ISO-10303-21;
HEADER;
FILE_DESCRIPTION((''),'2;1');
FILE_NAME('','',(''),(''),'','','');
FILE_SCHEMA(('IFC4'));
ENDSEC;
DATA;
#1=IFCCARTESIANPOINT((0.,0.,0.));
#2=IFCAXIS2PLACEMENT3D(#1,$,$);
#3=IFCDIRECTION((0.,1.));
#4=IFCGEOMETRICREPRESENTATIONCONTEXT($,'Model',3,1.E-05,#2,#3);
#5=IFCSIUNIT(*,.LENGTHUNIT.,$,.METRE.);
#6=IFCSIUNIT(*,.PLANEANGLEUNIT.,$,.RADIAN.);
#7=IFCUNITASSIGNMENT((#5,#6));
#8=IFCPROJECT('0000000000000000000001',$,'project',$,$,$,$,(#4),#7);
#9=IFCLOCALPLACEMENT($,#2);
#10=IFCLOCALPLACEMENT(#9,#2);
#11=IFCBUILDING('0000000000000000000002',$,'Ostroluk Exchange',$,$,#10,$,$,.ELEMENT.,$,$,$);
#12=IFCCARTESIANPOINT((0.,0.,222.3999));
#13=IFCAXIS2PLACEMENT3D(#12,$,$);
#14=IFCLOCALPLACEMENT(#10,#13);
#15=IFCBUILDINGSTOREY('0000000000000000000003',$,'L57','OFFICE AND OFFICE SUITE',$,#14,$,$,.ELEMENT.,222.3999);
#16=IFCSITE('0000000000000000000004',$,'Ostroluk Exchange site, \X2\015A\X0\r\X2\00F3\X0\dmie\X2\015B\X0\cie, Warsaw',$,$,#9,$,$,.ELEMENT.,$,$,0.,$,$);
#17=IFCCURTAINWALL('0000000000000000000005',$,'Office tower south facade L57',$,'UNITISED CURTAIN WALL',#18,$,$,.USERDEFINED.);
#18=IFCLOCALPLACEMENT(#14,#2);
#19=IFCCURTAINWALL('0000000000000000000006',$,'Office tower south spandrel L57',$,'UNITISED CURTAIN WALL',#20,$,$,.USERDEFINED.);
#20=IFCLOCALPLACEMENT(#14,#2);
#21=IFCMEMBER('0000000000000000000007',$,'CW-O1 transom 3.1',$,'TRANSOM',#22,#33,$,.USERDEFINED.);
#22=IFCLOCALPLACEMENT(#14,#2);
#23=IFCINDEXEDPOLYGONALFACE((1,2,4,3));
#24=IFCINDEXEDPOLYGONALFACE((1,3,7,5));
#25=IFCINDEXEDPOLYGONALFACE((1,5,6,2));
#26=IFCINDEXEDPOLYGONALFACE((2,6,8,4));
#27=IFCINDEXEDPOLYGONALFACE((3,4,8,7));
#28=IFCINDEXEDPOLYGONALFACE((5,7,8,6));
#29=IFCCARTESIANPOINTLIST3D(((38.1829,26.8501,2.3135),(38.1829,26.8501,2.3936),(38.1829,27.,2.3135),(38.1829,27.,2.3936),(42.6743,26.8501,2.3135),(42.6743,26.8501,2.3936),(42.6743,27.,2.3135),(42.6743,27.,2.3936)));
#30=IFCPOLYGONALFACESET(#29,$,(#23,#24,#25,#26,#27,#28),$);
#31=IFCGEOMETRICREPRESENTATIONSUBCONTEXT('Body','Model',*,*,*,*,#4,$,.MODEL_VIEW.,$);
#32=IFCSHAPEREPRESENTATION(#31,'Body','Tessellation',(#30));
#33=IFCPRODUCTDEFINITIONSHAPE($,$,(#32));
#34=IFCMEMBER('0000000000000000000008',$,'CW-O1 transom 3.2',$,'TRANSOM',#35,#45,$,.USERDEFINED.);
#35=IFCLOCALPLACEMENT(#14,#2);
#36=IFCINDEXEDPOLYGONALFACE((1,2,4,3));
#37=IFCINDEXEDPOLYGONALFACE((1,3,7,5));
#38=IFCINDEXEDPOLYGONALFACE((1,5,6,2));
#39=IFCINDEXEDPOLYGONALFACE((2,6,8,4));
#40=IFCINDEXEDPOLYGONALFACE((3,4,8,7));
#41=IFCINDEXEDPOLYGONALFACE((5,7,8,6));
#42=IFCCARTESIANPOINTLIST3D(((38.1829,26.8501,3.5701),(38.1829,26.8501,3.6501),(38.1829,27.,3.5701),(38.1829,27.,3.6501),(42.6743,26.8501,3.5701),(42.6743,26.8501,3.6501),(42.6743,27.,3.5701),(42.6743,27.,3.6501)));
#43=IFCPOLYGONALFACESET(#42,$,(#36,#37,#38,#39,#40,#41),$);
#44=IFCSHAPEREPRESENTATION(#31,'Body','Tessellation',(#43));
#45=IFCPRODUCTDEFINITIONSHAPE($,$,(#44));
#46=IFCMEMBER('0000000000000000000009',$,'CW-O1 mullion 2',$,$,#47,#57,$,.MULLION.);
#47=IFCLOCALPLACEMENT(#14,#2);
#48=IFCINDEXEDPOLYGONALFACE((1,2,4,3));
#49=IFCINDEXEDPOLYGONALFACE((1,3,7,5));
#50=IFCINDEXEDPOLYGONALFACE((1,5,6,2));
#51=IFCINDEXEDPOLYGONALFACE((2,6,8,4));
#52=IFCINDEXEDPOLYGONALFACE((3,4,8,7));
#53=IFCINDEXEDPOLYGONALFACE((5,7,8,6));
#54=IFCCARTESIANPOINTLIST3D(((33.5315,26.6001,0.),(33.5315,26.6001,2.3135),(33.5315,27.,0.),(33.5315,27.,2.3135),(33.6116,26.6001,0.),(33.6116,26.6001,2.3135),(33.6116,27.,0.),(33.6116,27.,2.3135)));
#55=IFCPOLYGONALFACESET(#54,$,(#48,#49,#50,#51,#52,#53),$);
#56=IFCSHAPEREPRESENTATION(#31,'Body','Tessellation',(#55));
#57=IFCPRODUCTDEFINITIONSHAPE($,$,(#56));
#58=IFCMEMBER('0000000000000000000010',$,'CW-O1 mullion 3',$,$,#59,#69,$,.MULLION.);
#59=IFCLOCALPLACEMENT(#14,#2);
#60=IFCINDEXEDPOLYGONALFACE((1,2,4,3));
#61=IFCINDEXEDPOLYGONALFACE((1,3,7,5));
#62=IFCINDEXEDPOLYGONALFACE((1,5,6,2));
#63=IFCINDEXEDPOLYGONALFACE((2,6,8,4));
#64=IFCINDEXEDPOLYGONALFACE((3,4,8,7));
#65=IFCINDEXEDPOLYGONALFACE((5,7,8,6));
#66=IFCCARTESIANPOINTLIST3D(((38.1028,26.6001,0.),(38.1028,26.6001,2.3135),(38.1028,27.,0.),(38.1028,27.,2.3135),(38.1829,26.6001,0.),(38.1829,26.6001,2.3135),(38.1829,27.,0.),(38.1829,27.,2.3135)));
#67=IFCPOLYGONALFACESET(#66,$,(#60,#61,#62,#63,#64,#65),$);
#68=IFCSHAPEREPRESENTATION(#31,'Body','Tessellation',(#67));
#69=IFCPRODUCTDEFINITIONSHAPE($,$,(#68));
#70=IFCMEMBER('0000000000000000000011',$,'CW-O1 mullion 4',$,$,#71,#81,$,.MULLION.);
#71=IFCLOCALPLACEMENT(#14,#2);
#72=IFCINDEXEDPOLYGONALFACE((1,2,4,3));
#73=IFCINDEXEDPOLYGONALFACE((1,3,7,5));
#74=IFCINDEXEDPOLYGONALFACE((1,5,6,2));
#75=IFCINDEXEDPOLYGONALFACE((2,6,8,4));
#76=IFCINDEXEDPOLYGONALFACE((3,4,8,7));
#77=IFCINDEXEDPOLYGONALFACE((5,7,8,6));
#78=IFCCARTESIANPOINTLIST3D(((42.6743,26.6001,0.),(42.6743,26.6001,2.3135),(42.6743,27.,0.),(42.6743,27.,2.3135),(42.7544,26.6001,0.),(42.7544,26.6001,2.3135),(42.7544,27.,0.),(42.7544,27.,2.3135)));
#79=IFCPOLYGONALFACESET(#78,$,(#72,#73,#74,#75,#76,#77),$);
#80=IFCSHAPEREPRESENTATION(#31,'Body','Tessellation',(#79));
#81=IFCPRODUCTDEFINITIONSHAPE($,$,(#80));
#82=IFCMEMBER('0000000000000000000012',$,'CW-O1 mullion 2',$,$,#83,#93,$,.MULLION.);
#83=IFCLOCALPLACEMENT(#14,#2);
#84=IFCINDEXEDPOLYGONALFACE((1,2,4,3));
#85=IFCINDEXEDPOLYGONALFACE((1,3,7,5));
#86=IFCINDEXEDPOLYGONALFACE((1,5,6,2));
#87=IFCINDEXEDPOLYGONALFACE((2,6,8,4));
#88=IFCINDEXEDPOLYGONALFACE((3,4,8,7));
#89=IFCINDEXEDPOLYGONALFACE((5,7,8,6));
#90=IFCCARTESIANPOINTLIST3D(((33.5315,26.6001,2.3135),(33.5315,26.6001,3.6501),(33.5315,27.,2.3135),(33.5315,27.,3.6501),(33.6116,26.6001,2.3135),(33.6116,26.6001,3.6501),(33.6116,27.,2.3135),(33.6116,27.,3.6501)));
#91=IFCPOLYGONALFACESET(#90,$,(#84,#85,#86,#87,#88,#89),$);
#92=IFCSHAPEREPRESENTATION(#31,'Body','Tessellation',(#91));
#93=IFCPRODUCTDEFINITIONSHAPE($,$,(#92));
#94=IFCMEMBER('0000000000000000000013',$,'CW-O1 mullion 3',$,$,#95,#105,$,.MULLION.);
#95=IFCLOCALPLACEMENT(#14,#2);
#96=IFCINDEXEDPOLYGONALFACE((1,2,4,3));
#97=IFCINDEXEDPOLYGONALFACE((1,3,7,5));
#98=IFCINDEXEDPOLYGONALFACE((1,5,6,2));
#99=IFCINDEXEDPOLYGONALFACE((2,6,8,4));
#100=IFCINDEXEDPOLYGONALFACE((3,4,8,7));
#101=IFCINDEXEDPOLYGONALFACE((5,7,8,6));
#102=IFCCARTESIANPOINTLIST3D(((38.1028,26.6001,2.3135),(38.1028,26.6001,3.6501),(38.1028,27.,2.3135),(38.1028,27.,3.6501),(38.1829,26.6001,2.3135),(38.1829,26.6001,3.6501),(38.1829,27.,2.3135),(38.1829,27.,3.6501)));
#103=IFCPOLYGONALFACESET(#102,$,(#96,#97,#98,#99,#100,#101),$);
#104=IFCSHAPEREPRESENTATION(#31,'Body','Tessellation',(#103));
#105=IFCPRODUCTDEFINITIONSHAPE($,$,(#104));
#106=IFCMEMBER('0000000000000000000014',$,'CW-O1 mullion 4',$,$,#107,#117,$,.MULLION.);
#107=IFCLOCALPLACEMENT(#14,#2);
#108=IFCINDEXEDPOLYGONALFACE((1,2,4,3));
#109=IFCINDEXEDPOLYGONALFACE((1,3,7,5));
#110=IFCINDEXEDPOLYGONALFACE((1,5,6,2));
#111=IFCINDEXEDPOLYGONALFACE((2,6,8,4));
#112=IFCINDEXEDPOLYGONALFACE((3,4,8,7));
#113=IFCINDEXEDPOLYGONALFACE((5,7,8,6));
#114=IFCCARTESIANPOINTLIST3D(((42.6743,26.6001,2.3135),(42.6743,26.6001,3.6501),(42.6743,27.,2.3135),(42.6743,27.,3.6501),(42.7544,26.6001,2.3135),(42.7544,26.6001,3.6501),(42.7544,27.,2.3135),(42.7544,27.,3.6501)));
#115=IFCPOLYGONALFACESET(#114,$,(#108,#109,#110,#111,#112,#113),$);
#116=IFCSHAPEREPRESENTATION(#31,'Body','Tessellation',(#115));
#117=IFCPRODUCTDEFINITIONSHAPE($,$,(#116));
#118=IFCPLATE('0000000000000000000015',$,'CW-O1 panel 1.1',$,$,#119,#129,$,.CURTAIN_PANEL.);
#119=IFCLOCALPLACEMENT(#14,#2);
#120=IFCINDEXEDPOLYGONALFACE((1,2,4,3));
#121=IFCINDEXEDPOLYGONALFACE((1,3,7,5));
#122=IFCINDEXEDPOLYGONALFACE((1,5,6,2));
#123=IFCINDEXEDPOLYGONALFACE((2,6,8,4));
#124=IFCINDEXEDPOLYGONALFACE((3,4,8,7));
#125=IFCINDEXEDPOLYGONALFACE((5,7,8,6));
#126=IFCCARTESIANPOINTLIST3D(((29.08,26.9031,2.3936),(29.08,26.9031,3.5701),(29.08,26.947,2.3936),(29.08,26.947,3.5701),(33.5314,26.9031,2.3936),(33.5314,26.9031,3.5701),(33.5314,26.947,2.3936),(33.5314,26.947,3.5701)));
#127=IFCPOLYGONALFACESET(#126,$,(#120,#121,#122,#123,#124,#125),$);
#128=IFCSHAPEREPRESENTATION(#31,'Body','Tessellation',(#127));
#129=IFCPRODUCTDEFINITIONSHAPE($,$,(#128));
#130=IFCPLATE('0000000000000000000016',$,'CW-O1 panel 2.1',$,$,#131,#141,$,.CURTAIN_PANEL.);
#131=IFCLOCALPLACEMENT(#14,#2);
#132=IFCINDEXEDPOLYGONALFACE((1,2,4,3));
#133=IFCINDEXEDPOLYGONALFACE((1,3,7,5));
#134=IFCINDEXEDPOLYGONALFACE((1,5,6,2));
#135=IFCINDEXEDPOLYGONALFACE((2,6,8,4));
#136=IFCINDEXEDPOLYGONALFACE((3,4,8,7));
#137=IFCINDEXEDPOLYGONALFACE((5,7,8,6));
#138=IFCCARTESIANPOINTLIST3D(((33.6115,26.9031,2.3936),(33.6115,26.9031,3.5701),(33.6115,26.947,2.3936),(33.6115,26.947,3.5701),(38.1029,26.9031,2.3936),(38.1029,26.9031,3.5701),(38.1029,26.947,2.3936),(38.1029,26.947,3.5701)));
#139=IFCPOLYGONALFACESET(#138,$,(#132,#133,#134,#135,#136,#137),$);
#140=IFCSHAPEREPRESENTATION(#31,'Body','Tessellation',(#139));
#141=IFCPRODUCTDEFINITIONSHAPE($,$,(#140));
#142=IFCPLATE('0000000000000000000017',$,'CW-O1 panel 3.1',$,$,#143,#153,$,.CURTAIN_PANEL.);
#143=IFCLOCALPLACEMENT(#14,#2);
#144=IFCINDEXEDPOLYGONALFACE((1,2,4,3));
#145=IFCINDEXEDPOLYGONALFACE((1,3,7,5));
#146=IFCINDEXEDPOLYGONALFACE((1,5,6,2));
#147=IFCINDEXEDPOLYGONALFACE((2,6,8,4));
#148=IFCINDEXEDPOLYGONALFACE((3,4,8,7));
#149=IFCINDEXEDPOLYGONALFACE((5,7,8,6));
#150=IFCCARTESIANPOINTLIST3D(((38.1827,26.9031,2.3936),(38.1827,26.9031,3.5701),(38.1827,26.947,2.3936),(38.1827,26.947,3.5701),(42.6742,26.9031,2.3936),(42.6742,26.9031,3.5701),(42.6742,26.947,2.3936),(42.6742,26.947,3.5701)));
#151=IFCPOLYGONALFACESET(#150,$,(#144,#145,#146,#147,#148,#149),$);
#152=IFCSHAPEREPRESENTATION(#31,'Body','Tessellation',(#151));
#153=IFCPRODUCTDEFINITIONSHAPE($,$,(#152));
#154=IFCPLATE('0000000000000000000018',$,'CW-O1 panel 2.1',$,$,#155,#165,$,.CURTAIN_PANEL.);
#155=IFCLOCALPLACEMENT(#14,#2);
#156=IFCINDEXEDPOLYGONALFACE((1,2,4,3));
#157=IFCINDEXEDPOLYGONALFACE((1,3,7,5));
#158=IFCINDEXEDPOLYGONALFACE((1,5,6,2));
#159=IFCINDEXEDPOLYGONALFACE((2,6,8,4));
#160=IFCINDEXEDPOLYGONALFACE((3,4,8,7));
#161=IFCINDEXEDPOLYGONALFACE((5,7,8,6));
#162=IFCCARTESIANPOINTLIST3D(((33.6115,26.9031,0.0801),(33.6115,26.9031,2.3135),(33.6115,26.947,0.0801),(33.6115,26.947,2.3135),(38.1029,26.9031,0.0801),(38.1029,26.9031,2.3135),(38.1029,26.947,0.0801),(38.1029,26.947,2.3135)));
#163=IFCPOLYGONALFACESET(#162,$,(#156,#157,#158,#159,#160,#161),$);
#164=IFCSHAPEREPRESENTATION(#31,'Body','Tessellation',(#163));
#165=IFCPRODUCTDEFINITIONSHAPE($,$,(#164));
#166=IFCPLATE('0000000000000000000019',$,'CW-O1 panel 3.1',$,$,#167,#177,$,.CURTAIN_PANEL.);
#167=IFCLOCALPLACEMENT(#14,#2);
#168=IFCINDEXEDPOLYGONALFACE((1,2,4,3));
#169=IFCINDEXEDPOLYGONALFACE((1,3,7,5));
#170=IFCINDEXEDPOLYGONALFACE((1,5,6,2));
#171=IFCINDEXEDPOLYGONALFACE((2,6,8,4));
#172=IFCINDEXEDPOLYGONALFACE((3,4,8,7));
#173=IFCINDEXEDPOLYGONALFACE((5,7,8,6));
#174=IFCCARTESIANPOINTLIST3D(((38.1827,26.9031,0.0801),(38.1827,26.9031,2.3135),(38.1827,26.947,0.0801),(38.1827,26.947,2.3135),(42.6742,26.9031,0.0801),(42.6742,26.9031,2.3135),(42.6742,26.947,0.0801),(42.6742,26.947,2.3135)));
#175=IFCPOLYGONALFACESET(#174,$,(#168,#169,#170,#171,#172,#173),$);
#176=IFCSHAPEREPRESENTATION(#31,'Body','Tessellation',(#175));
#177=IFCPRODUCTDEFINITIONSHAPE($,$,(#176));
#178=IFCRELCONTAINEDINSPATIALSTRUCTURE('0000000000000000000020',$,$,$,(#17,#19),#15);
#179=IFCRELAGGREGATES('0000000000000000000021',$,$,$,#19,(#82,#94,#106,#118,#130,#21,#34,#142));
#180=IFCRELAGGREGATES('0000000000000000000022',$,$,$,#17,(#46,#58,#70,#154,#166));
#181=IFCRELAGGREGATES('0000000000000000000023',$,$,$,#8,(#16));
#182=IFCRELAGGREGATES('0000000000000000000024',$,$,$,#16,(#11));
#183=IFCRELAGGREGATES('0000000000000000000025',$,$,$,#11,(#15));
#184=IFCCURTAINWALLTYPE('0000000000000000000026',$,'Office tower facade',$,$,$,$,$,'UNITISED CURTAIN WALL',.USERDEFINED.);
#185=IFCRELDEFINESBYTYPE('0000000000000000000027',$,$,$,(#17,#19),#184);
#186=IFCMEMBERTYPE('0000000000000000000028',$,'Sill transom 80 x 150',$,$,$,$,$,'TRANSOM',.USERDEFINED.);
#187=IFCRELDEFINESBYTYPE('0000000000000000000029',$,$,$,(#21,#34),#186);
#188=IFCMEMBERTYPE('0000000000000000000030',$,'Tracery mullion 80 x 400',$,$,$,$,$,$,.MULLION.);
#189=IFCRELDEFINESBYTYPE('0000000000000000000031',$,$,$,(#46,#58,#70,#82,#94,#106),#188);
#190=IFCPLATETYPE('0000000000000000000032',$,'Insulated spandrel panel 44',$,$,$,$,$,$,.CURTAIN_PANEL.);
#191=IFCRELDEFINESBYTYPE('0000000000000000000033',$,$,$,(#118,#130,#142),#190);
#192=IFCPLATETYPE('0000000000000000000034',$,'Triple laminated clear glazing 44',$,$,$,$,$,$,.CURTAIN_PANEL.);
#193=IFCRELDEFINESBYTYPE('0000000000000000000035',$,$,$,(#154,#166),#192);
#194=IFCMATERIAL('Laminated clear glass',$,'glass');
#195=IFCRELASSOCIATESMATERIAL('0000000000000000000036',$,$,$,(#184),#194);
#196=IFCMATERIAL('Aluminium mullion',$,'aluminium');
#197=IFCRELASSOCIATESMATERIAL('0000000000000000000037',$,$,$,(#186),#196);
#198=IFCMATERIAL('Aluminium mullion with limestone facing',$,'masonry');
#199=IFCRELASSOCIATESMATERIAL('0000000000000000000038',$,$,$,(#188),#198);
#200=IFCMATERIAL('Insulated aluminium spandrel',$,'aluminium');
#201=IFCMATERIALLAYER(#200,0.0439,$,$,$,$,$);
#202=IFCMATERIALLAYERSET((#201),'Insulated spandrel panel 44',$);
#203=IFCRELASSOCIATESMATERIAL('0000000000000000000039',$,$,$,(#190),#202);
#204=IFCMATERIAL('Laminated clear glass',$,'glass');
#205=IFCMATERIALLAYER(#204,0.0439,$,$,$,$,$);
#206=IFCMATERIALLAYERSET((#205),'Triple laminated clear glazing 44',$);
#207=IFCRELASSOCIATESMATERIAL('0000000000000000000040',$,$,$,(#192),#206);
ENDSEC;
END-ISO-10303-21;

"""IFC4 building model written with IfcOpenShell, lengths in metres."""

from ifc_helpers import new_model, si_unit, direction, frame, origin, origin_2d, place, context, subcontext, project, spatial, rectangle, extrude, material, layer, layer_set, material_profile, profile_set, type_object, element, aggregate, save


model = new_model("IFC4")

# Units and contexts
model_context = context("Model", 3, precision=1e-05, world=origin(), true_north=direction((0.0, 1.0)))
body_context = subcontext(model_context, "Body", "Model", "MODEL_VIEW")
ifc_project = project(units=[si_unit("LENGTHUNIT", "METRE"), si_unit("PLANEANGLEUNIT", "RADIAN")], contexts=[model_context])

# Site, building, storey
site_placement = place(None, origin())
site = spatial("IfcSite", under=ifc_project, at=site_placement, Name="Ostroluk Exchange site, Śródmieście, Warsaw", CompositionType="ELEMENT", RefElevation=0.0)
building_placement = place(site_placement, origin())
building = spatial("IfcBuilding", under=site, at=building_placement, Name="Ostroluk Exchange", CompositionType="ELEMENT")
storey_placement = place(building_placement, frame((0.0, 0.0, 222.3999)))
storey = spatial("IfcBuildingStorey", under=building, at=storey_placement, Name="L57", Description="OFFICE AND OFFICE SUITE", CompositionType="ELEMENT", Elevation=222.3999)

# Curtain walls, members
ifc_material_1 = material(Name="Laminated clear glass", Category="glass")
curtain_wall_type = type_object("IfcCurtainWallType", Name="Office tower facade", ElementType="UNITISED CURTAIN WALL", PredefinedType="USERDEFINED", material=ifc_material_1)
curtain_wall_1_placement = place(storey_placement, origin())
curtain_wall_1 = element("IfcCurtainWall", 1, at=curtain_wall_1_placement, inside=storey, type_object=curtain_wall_type, Name="Office tower south facade L57", ObjectType="UNITISED CURTAIN WALL", PredefinedType="USERDEFINED")
ifc_material_2 = material(Name="Aluminium mullion", Category="aluminium")
ifc_material_profile_1 = material_profile(ifc_material_2, rectangle(XDim=0.1499, YDim=0.0801, at=origin_2d()), Name="Sill transom 80 x 150")
ifc_profile_set_1 = profile_set([ifc_material_profile_1], Name="Aluminium mullion")
member_type_1 = type_object("IfcMemberType", Name="Sill transom 80 x 150", ElementType="TRANSOM", PredefinedType="USERDEFINED", material=ifc_profile_set_1)
curtain_wall_2_placement = place(storey_placement, origin())
curtain_wall_2 = element("IfcCurtainWall", 2, at=curtain_wall_2_placement, inside=storey, type_object=curtain_wall_type, Name="Office tower south spandrel L57", ObjectType="UNITISED CURTAIN WALL", PredefinedType="USERDEFINED")
member_1_placement = place(storey_placement, frame((38.1829, 26.925, 2.3535), z_axis=(1.0, 0.0, 0.0), x_axis=(0.0, 1.0, 0.0)))
member_1 = element("IfcMember", 3, at=member_1_placement, type_object=member_type_1, Name="CW-O1 transom 3.1", ObjectType="TRANSOM", PredefinedType="USERDEFINED", context=body_context, shape_type="SweptSolid", body=[
    extrude(rectangle(XDim=0.1499, YDim=0.0801, at=origin_2d()), origin(), (0.0, 0.0, 1.0), 4.4915),
])
member_2_placement = place(storey_placement, frame((38.1829, 26.925, 3.6101), z_axis=(1.0, 0.0, 0.0), x_axis=(0.0, 1.0, 0.0)))
member_2 = element("IfcMember", 4, at=member_2_placement, type_object=member_type_1, Name="CW-O1 transom 3.2", ObjectType="TRANSOM", PredefinedType="USERDEFINED", context=body_context, shape_type="SweptSolid", body=[
    extrude(rectangle(XDim=0.1499, YDim=0.0801, at=origin_2d()), origin(), (0.0, 0.0, 1.0), 4.4915),
])

# Members
ifc_material_3 = material(Name="Aluminium mullion with limestone facing", Category="masonry")
ifc_material_profile_2 = material_profile(ifc_material_3, rectangle(XDim=0.3999, YDim=0.0801, at=origin_2d()), Name="Tracery mullion 80 x 400")
ifc_profile_set_2 = profile_set([ifc_material_profile_2], Name="Aluminium mullion with limestone facing")
member_type_2 = type_object("IfcMemberType", Name="Tracery mullion 80 x 400", PredefinedType="MULLION", material=ifc_profile_set_2)
member_3_placement = place(storey_placement, frame((33.5715, 26.8, 0.0), z_axis=(0.0, 0.0, 1.0), x_axis=(0.0, 1.0, 0.0)))
member_3 = element("IfcMember", 5, at=member_3_placement, type_object=member_type_2, Name="CW-O1 mullion 2", PredefinedType="MULLION", context=body_context, shape_type="SweptSolid", body=[
    extrude(rectangle(XDim=0.3999, YDim=0.0801, at=origin_2d()), origin(), (0.0, 0.0, 1.0), 2.3135),
])
member_4_placement = place(storey_placement, frame((38.1428, 26.8, 0.0), z_axis=(0.0, 0.0, 1.0), x_axis=(0.0, 1.0, 0.0)))
member_4 = element("IfcMember", 6, at=member_4_placement, type_object=member_type_2, Name="CW-O1 mullion 3", PredefinedType="MULLION", context=body_context, shape_type="SweptSolid", body=[
    extrude(rectangle(XDim=0.3999, YDim=0.0801, at=origin_2d()), origin(), (0.0, 0.0, 1.0), 2.3135),
])
member_5_placement = place(storey_placement, frame((42.7144, 26.8, 0.0), z_axis=(0.0, 0.0, 1.0), x_axis=(0.0, 1.0, 0.0)))
member_5 = element("IfcMember", 7, at=member_5_placement, type_object=member_type_2, Name="CW-O1 mullion 4", PredefinedType="MULLION", context=body_context, shape_type="SweptSolid", body=[
    extrude(rectangle(XDim=0.3999, YDim=0.0801, at=origin_2d()), origin(), (0.0, 0.0, 1.0), 2.3135),
])
member_6_placement = place(storey_placement, frame((33.5715, 26.8, 2.3135), z_axis=(0.0, 0.0, 1.0), x_axis=(0.0, 1.0, 0.0)))
member_6 = element("IfcMember", 8, at=member_6_placement, type_object=member_type_2, Name="CW-O1 mullion 2", PredefinedType="MULLION", context=body_context, shape_type="SweptSolid", body=[
    extrude(rectangle(XDim=0.3999, YDim=0.0801, at=origin_2d()), origin(), (0.0, 0.0, 1.0), 1.3367),
])
member_7_placement = place(storey_placement, frame((38.1428, 26.8, 2.3135), z_axis=(0.0, 0.0, 1.0), x_axis=(0.0, 1.0, 0.0)))
member_7 = element("IfcMember", 9, at=member_7_placement, type_object=member_type_2, Name="CW-O1 mullion 3", PredefinedType="MULLION", context=body_context, shape_type="SweptSolid", body=[
    extrude(rectangle(XDim=0.3999, YDim=0.0801, at=origin_2d()), origin(), (0.0, 0.0, 1.0), 1.3367),
])
member_8_placement = place(storey_placement, frame((42.7144, 26.8, 2.3135), z_axis=(0.0, 0.0, 1.0), x_axis=(0.0, 1.0, 0.0)))
member_8 = element("IfcMember", 10, at=member_8_placement, type_object=member_type_2, Name="CW-O1 mullion 4", PredefinedType="MULLION", context=body_context, shape_type="SweptSolid", body=[
    extrude(rectangle(XDim=0.3999, YDim=0.0801, at=origin_2d()), origin(), (0.0, 0.0, 1.0), 1.3367),
])

# Plates
ifc_material_4 = material(Name="Insulated aluminium spandrel", Category="aluminium")
ifc_layer_1 = layer(ifc_material_4, 0.0439)
ifc_layer_set_1 = layer_set([ifc_layer_1], Name="Insulated spandrel panel 44")
plate_type_1 = type_object("IfcPlateType", Name="Insulated spandrel panel 44", PredefinedType="CURTAIN_PANEL", material=ifc_layer_set_1)
plate_1_placement = place(storey_placement, frame((31.3057, 26.925, 2.3936), z_axis=(0.0, 0.0, 1.0), x_axis=(1.0, 0.0, 0.0)))
plate_1 = element("IfcPlate", 11, at=plate_1_placement, type_object=plate_type_1, Name="CW-O1 panel 1.1", PredefinedType="CURTAIN_PANEL", context=body_context, shape_type="SweptSolid", body=[
    extrude(rectangle(XDim=4.4514, YDim=0.0439, at=origin_2d()), origin(), (0.0, 0.0, 1.0), 1.1765),
])
plate_2_placement = place(storey_placement, frame((35.8572, 26.925, 2.3936), z_axis=(0.0, 0.0, 1.0), x_axis=(1.0, 0.0, 0.0)))
plate_2 = element("IfcPlate", 12, at=plate_2_placement, type_object=plate_type_1, Name="CW-O1 panel 2.1", PredefinedType="CURTAIN_PANEL", context=body_context, shape_type="SweptSolid", body=[
    extrude(rectangle(XDim=4.4915, YDim=0.0439, at=origin_2d()), origin(), (0.0, 0.0, 1.0), 1.1765),
])
plate_3_placement = place(storey_placement, frame((40.4285, 26.925, 2.3936), z_axis=(0.0, 0.0, 1.0), x_axis=(1.0, 0.0, 0.0)))
plate_3 = element("IfcPlate", 13, at=plate_3_placement, type_object=plate_type_1, Name="CW-O1 panel 3.1", PredefinedType="CURTAIN_PANEL", context=body_context, shape_type="SweptSolid", body=[
    extrude(rectangle(XDim=4.4915, YDim=0.0439, at=origin_2d()), origin(), (0.0, 0.0, 1.0), 1.1765),
])
aggregate(curtain_wall_2, [member_6, member_7, member_8, plate_1, plate_2, member_1, member_2, plate_3])
ifc_material_5 = material(Name="Laminated clear glass", Category="glass")
ifc_layer_2 = layer(ifc_material_5, 0.0439)
ifc_layer_set_2 = layer_set([ifc_layer_2], Name="Triple laminated clear glazing 44")
plate_type_2 = type_object("IfcPlateType", Name="Triple laminated clear glazing 44", PredefinedType="CURTAIN_PANEL", material=ifc_layer_set_2)
plate_4_placement = place(storey_placement, frame((35.8572, 26.925, 0.0801), z_axis=(0.0, 0.0, 1.0), x_axis=(1.0, 0.0, 0.0)))
plate_4 = element("IfcPlate", 14, at=plate_4_placement, type_object=plate_type_2, Name="CW-O1 panel 2.1", PredefinedType="CURTAIN_PANEL", context=body_context, shape_type="SweptSolid", body=[
    extrude(rectangle(XDim=4.4915, YDim=0.0439, at=origin_2d()), origin(), (0.0, 0.0, 1.0), 2.2334),
])
plate_5_placement = place(storey_placement, frame((40.4285, 26.925, 0.0801), z_axis=(0.0, 0.0, 1.0), x_axis=(1.0, 0.0, 0.0)))
plate_5 = element("IfcPlate", 15, at=plate_5_placement, type_object=plate_type_2, Name="CW-O1 panel 3.1", PredefinedType="CURTAIN_PANEL", context=body_context, shape_type="SweptSolid", body=[
    extrude(rectangle(XDim=4.4915, YDim=0.0439, at=origin_2d()), origin(), (0.0, 0.0, 1.0), 2.2334),
])
aggregate(curtain_wall_1, [member_3, member_4, member_5, plate_4, plate_5])

save(model, "model.ifc")
